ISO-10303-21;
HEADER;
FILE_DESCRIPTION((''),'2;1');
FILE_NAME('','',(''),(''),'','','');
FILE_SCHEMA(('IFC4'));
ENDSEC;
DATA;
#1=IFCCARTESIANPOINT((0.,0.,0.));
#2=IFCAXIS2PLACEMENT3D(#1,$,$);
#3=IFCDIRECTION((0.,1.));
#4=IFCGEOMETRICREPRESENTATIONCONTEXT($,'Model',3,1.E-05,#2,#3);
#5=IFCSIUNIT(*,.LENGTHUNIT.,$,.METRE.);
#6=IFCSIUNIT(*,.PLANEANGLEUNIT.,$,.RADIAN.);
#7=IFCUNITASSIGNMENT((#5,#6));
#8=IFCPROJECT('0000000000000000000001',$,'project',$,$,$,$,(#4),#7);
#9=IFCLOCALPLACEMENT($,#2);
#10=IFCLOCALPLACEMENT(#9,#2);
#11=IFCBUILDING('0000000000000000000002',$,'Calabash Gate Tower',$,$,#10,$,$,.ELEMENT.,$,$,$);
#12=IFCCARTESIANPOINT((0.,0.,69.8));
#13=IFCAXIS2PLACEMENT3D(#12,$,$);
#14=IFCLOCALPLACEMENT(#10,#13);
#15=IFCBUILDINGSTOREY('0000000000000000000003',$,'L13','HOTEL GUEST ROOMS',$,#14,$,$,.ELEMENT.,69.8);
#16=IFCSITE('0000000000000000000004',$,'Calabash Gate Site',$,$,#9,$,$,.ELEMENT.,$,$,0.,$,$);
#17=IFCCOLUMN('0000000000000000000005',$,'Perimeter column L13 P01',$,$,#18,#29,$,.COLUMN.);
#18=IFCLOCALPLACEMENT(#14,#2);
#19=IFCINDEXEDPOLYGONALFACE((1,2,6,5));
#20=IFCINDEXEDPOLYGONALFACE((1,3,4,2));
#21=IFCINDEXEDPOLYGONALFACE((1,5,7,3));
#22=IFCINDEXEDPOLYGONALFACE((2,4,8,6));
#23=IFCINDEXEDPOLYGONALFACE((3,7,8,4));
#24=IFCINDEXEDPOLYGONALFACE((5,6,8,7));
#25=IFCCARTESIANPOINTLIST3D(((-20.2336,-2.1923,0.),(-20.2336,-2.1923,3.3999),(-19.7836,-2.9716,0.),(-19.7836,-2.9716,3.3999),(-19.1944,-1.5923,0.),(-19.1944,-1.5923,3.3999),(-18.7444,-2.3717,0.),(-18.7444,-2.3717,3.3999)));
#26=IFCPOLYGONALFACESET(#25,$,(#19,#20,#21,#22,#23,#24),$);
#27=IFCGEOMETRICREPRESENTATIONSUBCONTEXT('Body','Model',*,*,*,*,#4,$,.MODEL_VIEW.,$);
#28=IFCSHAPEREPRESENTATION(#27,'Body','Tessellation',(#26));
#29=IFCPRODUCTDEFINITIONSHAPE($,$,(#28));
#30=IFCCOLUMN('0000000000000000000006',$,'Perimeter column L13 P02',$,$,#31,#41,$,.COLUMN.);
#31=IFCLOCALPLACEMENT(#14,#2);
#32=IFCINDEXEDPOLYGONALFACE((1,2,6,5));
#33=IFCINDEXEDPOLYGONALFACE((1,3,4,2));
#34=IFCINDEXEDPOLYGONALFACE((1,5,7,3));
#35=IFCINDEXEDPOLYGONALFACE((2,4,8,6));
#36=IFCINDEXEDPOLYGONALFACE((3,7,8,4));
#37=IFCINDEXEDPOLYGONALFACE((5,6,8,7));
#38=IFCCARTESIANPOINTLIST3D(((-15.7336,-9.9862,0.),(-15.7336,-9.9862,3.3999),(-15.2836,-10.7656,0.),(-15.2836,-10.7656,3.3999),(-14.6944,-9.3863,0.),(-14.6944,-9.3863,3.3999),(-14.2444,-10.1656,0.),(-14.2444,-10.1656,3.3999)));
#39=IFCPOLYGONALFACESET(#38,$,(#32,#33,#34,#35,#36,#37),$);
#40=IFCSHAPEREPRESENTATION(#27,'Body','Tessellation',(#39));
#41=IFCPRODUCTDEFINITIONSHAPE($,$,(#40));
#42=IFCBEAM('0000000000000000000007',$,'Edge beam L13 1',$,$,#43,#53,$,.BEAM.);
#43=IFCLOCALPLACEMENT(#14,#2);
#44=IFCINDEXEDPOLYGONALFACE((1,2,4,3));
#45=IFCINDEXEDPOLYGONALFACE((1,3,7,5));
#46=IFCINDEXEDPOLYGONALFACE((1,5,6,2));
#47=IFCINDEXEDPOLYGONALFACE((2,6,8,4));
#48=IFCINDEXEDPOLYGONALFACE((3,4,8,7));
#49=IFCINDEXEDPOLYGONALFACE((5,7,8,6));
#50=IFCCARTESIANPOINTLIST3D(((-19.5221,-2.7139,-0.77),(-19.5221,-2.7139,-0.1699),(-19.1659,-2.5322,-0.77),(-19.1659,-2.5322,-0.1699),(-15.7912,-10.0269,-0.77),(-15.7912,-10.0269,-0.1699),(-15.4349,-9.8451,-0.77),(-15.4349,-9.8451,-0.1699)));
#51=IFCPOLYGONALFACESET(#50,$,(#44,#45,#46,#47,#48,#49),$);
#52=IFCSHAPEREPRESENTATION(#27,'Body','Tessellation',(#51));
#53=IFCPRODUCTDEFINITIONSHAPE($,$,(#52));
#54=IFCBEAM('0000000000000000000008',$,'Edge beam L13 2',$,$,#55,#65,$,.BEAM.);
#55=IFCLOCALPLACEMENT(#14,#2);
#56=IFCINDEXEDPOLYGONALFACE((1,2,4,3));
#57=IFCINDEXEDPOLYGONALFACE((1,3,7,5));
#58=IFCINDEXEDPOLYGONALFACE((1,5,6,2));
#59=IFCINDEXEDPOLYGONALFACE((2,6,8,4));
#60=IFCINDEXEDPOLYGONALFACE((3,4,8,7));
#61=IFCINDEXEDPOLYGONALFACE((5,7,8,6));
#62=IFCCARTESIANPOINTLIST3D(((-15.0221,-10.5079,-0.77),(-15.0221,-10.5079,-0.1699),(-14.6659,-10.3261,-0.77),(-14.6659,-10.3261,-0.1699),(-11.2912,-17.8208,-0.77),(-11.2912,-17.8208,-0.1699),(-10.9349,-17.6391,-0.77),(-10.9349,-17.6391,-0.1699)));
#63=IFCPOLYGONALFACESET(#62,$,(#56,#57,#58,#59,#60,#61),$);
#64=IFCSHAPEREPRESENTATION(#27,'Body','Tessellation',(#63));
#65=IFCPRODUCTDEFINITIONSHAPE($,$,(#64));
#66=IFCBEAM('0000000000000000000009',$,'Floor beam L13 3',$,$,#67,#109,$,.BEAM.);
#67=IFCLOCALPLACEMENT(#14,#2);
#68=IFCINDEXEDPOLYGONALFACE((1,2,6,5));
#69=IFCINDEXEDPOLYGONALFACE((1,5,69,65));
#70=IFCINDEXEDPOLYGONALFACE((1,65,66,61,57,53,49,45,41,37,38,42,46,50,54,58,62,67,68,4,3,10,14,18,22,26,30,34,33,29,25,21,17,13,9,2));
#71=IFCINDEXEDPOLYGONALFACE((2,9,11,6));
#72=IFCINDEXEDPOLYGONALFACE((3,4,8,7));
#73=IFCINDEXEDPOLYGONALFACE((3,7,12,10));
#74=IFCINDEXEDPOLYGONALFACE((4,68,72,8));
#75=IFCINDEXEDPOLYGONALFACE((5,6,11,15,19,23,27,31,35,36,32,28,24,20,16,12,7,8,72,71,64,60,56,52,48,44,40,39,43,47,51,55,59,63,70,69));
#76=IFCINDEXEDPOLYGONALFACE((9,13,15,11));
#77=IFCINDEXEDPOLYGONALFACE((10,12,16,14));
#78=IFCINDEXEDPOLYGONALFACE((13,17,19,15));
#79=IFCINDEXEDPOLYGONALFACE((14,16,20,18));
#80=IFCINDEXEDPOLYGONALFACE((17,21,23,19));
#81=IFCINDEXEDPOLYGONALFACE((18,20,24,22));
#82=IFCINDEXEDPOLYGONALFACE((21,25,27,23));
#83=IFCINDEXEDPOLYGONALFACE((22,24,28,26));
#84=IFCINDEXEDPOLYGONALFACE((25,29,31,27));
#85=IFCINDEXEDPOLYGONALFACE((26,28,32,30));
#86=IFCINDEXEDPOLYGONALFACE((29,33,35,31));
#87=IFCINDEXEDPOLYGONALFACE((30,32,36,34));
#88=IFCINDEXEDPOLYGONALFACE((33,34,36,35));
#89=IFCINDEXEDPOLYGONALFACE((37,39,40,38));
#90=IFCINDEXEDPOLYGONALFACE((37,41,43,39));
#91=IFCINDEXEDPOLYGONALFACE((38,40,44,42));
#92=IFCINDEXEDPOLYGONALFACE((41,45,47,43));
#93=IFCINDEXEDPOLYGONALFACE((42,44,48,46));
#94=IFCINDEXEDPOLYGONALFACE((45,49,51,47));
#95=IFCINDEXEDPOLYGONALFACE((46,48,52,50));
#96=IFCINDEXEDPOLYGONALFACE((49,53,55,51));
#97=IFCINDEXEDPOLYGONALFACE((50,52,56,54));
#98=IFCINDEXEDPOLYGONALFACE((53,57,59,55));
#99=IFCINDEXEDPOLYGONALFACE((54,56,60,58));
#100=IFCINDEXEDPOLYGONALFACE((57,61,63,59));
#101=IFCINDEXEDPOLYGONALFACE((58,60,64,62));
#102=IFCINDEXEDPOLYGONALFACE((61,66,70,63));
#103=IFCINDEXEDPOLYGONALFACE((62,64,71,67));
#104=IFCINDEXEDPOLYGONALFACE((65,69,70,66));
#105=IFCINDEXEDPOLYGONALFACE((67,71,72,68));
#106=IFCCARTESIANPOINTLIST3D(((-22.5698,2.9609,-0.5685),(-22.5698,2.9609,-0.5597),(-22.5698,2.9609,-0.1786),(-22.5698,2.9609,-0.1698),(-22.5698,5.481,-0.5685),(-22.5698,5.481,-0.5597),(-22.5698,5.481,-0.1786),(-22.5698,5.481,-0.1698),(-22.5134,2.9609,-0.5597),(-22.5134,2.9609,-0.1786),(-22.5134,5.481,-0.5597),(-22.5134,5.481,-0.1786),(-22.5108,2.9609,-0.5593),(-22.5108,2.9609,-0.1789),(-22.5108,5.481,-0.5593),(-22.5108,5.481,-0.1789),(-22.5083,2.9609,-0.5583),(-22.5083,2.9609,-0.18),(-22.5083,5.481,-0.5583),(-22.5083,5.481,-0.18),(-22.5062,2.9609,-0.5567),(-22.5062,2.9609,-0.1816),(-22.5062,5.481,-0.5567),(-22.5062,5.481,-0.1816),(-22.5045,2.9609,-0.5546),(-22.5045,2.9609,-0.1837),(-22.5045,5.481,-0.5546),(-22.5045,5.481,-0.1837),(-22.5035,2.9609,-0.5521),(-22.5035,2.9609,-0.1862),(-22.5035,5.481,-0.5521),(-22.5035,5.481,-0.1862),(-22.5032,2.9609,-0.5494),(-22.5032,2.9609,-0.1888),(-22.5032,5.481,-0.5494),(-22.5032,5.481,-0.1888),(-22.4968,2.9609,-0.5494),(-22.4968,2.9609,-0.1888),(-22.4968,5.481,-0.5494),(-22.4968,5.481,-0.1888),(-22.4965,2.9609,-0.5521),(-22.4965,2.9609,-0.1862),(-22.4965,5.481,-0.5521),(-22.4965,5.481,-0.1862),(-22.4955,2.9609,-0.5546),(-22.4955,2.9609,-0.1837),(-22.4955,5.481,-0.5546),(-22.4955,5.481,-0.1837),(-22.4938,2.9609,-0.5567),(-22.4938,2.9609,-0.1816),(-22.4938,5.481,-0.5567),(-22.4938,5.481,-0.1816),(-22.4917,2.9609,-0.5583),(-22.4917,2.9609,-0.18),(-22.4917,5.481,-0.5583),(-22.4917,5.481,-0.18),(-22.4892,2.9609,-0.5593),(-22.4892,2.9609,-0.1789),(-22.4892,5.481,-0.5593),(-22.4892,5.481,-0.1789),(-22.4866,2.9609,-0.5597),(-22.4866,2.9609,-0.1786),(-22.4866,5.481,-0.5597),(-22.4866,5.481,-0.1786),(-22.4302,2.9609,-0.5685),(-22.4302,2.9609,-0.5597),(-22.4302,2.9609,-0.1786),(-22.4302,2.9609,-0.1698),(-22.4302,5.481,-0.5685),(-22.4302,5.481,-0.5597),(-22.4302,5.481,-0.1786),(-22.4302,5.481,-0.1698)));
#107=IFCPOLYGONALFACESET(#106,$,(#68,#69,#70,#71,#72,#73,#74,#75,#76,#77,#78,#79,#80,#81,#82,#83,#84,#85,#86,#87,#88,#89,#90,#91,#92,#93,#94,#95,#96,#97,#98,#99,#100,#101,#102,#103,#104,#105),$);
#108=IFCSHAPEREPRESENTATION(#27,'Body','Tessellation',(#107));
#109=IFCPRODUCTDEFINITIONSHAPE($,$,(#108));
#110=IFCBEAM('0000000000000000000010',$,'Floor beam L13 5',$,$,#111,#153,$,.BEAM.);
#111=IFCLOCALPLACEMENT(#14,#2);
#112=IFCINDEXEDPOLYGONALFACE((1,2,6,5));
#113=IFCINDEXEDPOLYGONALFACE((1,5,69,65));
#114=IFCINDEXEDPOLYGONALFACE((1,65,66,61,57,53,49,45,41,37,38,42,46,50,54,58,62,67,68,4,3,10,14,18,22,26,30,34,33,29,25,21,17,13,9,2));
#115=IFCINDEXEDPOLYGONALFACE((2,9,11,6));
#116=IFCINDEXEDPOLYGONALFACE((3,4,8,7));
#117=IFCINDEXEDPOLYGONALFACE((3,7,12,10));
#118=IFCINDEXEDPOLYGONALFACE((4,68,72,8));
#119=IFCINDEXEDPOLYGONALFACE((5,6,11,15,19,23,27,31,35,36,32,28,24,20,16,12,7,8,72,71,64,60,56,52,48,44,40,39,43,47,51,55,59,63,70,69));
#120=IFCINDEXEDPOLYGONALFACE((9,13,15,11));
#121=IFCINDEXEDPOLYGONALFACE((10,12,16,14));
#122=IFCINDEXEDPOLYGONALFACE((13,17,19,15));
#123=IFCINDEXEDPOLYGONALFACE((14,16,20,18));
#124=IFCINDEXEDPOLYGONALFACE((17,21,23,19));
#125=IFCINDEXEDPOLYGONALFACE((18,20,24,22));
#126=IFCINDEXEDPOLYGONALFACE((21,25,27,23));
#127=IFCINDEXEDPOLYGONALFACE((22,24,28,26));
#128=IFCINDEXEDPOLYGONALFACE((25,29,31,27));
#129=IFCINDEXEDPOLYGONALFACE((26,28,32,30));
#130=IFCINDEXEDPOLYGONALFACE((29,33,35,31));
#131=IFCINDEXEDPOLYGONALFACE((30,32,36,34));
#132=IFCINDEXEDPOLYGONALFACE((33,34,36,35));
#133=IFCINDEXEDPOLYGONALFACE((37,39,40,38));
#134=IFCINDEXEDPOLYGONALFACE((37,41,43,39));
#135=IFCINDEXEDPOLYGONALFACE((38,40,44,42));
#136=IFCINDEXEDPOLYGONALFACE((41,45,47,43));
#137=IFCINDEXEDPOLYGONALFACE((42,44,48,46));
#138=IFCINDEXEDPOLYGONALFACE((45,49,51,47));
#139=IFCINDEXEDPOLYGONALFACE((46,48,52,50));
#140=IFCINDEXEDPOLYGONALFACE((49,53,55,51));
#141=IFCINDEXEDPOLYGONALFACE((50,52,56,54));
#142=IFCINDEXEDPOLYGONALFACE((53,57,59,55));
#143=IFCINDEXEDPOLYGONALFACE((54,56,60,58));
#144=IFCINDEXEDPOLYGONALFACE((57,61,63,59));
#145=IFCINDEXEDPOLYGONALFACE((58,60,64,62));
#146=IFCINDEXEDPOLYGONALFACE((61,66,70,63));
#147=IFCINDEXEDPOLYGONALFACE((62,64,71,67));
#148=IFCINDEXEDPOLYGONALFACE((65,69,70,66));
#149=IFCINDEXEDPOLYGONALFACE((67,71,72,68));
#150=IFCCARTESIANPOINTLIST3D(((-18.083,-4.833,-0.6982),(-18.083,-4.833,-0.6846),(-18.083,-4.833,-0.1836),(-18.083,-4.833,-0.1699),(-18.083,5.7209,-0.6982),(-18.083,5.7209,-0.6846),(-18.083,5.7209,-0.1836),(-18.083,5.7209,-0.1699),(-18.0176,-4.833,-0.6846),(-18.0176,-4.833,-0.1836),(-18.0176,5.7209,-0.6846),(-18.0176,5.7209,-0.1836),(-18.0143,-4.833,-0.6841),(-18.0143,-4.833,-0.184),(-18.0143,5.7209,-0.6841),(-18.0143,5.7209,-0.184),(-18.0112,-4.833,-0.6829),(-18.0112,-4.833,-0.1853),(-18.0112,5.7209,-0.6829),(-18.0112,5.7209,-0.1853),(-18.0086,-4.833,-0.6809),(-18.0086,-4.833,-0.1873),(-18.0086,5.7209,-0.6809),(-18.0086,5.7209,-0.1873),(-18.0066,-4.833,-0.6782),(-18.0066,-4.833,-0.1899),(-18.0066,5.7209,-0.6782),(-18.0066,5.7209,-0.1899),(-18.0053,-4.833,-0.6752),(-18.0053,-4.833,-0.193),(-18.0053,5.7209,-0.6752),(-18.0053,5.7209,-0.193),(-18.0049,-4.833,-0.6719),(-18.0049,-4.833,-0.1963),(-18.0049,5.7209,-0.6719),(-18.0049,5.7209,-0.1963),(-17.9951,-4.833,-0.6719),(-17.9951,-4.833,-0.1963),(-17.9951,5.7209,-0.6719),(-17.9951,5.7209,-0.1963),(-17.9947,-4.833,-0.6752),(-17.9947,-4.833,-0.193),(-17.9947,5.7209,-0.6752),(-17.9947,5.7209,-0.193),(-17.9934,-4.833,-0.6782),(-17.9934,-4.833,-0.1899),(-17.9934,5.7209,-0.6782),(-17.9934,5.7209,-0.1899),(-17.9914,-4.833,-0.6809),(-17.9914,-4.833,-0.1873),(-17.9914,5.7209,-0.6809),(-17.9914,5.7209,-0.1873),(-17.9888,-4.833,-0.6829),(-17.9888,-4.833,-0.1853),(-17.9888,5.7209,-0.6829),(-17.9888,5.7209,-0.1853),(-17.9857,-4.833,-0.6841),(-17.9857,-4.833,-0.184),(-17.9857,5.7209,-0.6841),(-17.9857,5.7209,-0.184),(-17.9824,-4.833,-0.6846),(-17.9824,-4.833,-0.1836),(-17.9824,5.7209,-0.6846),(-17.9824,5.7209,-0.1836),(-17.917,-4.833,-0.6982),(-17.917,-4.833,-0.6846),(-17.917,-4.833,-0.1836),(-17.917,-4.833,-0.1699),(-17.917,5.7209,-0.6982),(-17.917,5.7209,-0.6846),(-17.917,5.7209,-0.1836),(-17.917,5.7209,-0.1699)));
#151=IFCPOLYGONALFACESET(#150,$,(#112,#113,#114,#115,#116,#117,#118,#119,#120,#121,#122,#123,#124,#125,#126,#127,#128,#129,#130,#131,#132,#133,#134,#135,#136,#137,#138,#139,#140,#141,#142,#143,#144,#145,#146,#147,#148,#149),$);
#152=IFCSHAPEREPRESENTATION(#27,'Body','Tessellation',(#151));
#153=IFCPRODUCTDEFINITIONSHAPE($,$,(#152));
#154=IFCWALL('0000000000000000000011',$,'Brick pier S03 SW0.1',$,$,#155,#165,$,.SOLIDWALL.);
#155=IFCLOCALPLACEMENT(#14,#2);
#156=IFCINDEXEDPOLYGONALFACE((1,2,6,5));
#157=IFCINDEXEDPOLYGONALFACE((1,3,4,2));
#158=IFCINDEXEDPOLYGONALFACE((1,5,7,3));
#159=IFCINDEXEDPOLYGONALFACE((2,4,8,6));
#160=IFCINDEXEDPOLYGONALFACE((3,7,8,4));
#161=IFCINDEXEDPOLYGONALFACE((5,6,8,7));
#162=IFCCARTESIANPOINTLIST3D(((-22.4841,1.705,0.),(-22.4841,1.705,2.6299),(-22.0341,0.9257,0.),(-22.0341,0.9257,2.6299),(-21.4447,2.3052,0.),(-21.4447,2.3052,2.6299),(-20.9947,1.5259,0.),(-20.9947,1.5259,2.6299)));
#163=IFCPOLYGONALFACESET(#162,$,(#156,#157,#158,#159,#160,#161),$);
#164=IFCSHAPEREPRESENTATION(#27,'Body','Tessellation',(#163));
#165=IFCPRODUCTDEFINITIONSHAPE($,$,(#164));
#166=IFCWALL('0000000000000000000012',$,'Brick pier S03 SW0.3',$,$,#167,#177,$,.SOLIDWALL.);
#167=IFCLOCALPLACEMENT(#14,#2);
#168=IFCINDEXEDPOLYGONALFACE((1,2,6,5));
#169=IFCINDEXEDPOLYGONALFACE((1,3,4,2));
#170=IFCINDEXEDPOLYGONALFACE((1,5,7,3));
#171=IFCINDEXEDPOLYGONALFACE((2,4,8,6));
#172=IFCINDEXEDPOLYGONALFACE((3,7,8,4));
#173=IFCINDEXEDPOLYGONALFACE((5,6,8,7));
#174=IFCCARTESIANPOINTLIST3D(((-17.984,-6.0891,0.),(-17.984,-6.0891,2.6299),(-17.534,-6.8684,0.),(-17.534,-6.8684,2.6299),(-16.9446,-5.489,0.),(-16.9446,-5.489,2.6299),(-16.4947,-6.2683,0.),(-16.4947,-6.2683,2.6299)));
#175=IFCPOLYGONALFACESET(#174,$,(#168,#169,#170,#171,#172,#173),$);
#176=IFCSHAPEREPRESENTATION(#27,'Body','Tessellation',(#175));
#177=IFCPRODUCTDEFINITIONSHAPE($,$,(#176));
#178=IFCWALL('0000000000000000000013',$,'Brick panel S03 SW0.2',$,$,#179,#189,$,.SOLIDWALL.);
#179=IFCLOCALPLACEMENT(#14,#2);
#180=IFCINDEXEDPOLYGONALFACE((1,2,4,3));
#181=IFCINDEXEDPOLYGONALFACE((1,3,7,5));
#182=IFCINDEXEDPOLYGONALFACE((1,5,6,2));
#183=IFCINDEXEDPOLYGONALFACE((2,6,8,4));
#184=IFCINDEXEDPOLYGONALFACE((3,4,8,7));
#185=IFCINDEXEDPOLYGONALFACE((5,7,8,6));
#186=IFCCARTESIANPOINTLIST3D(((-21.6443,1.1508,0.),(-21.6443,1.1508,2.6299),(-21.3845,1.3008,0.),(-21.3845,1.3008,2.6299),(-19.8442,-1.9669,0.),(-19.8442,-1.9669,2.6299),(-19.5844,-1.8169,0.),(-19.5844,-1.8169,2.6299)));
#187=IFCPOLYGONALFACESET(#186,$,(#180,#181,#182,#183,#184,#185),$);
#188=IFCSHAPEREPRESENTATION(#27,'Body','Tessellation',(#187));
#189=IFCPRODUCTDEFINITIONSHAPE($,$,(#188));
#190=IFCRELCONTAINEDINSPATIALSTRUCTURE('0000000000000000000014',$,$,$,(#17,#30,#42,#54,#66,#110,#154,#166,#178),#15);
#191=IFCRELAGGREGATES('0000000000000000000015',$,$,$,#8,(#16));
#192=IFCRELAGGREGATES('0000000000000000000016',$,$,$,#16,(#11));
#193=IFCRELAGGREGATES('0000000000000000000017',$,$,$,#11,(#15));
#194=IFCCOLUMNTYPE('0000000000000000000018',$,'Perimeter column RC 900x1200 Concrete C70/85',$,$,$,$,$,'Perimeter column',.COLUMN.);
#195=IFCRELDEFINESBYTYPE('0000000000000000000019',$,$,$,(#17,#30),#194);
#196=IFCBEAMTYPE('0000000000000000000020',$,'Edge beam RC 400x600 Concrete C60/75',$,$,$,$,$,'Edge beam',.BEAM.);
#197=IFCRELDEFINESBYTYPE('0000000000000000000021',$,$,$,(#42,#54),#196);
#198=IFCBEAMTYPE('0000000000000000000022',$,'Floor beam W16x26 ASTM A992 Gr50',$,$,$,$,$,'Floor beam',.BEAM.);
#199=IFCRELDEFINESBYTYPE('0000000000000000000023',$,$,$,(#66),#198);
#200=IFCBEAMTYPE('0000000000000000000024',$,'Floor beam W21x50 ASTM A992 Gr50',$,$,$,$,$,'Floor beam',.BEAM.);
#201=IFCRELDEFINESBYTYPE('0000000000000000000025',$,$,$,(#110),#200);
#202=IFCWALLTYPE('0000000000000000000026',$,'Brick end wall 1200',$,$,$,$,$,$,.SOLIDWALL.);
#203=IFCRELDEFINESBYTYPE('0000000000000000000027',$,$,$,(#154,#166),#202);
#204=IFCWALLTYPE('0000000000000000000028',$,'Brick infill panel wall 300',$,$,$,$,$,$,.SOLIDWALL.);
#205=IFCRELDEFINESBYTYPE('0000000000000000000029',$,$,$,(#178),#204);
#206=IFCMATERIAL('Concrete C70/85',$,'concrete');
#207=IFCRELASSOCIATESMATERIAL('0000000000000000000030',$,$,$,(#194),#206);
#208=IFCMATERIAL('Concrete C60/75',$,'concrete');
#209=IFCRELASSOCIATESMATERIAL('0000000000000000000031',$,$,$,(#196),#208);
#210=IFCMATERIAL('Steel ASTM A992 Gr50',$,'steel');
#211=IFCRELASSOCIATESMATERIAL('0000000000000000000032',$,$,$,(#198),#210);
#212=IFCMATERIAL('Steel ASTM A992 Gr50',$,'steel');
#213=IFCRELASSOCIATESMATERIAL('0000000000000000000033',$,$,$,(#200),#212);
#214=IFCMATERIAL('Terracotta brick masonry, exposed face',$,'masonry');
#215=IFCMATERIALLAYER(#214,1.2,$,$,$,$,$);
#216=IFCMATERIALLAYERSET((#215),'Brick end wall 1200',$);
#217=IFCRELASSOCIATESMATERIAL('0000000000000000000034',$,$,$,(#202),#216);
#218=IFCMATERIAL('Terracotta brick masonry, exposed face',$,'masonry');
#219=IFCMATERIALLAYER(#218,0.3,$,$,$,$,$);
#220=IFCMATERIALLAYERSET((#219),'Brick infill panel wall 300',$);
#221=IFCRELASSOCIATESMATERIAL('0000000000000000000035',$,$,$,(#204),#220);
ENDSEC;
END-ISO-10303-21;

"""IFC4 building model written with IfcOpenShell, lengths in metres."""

from ifc_helpers import new_model, si_unit, direction, frame, frame_2d, origin, origin_2d, place, context, subcontext, project, spatial, rectangle, i_section, extrude, material, layer, layer_set, material_profile, profile_set, type_object, element, save


model = new_model("IFC4")

# Units and contexts
model_context = context("Model", 3, precision=1e-05, world=origin(), true_north=direction((0.0, 1.0)))
body_context = subcontext(model_context, "Body", "Model", "MODEL_VIEW")
ifc_project = project(units=[si_unit("LENGTHUNIT", "METRE"), si_unit("PLANEANGLEUNIT", "RADIAN")], contexts=[model_context])

# Site, building, storey
site_placement = place(None, origin())
site = spatial("IfcSite", under=ifc_project, at=site_placement, Name="Calabash Gate Site", CompositionType="ELEMENT", RefElevation=0.0)
building_placement = place(site_placement, origin())
building = spatial("IfcBuilding", under=site, at=building_placement, Name="Calabash Gate Tower", CompositionType="ELEMENT")
storey_placement = place(building_placement, frame((0.0, 0.0, 69.8)))
storey = spatial("IfcBuildingStorey", under=building, at=storey_placement, Name="L13", Description="HOTEL GUEST ROOMS", CompositionType="ELEMENT", Elevation=69.8)

# Columns
ifc_material_1 = material(Name="Concrete C70/85", Category="concrete")
ifc_material_profile_1 = material_profile(ifc_material_1, rectangle(XDim=0.8999, YDim=1.2, at=origin_2d()))
ifc_profile_set_1 = profile_set([ifc_material_profile_1], Name="Concrete C70/85")
column_type = type_object("IfcColumnType", Name="Perimeter column RC 900x1200 Concrete C70/85", ElementType="Perimeter column", PredefinedType="COLUMN", material=ifc_profile_set_1)
for number, where, z_axis, x_axis, name in (
    (1, (-19.489, -2.282, 0.0), (0.0, 0.0, 1.0), (0.5, -0.866025, 0.0), "Perimeter column L13 P01"),
    (2, (-14.989, -10.0759, 0.0), (0.0, 0.0, 1.0), (0.5, -0.866025, 0.0), "Perimeter column L13 P02"),
):
    element("IfcColumn", number, at=place(storey_placement, frame(where, z_axis=z_axis, x_axis=x_axis)), inside=storey, type_object=column_type, Name=name, PredefinedType="COLUMN", context=body_context, shape_type="SweptSolid", body=[
        extrude(rectangle(XDim=0.8999, YDim=1.2, at=origin_2d()), origin(), (0.0, 0.0, 1.0), 3.3999),
    ])

# Beams
ifc_material_2 = material(Name="Concrete C60/75", Category="concrete")
ifc_material_profile_2 = material_profile(ifc_material_2, rectangle(XDim=0.3999, YDim=0.6001, at=origin_2d()))
ifc_profile_set_2 = profile_set([ifc_material_profile_2], Name="Concrete C60/75")
beam_type_1 = type_object("IfcBeamType", Name="Edge beam RC 400x600 Concrete C60/75", ElementType="Edge beam", PredefinedType="BEAM", material=ifc_profile_set_2)
for number, where, z_axis, x_axis, name in (
    (3, (-19.344, -2.623, -0.47), (0.454455, -0.89077, 0.0), (0.89077, 0.454455, 0.0), "Edge beam L13 1"),
    (4, (-14.844, -10.417, -0.47), (0.454455, -0.89077, 0.0), (0.89077, 0.454455, 0.0), "Edge beam L13 2"),
):
    element("IfcBeam", number, at=place(storey_placement, frame(where, z_axis=z_axis, x_axis=x_axis)), inside=storey, type_object=beam_type_1, Name=name, PredefinedType="BEAM", context=body_context, shape_type="SweptSolid", body=[
        extrude(rectangle(XDim=0.3999, YDim=0.6001, at=origin_2d()), origin(), (0.0, 0.0, 1.0), 8.2097),
    ])
ifc_material_3 = material(Name="Steel ASTM A992 Gr50", Category="steel")
ifc_material_profile_3 = material_profile(ifc_material_3, i_section(OverallWidth=0.1396, OverallDepth=0.3987, WebThickness=0.0063, FlangeThickness=0.0088, FilletRadius=0.0103, at=origin_2d()))
ifc_profile_set_3 = profile_set([ifc_material_profile_3], Name="Steel ASTM A992 Gr50")
beam_type_2 = type_object("IfcBeamType", Name="Floor beam W16x26 ASTM A992 Gr50", ElementType="Floor beam", PredefinedType="BEAM", material=ifc_profile_set_3)
beam_1_placement = place(storey_placement, frame((-22.5, 2.9609, -0.3691), z_axis=(0.0, 1.0, 0.0), x_axis=(-1.0, 0.0, 0.0)))
element("IfcBeam", 5, at=beam_1_placement, inside=storey, type_object=beam_type_2, Name="Floor beam L13 3", PredefinedType="BEAM", context=body_context, shape_type="SweptSolid", body=[
    extrude(i_section(OverallWidth=0.1396, OverallDepth=0.3987, WebThickness=0.0063, FlangeThickness=0.0088, FilletRadius=0.0103, at=origin_2d()), origin(), (0.0, 0.0, 1.0), 2.52),
])
ifc_material_4 = material(Name="Steel ASTM A992 Gr50", Category="steel")
ifc_material_profile_4 = material_profile(ifc_material_4, i_section(OverallWidth=0.166, OverallDepth=0.5283, WebThickness=0.0098, FlangeThickness=0.0137, FilletRadius=0.0127, at=origin_2d()))
ifc_profile_set_4 = profile_set([ifc_material_profile_4], Name="Steel ASTM A992 Gr50")
beam_type_3 = type_object("IfcBeamType", Name="Floor beam W21x50 ASTM A992 Gr50", ElementType="Floor beam", PredefinedType="BEAM", material=ifc_profile_set_4)
beam_2_placement = place(storey_placement, frame((-18.0, -4.833, -0.4341), z_axis=(0.0, 1.0, 0.0), x_axis=(-1.0, 0.0, 0.0)))
element("IfcBeam", 6, at=beam_2_placement, inside=storey, type_object=beam_type_3, Name="Floor beam L13 5", PredefinedType="BEAM", context=body_context, shape_type="SweptSolid", body=[
    extrude(i_section(OverallWidth=0.166, OverallDepth=0.5283, WebThickness=0.0098, FlangeThickness=0.0137, FilletRadius=0.0127, at=origin_2d()), origin(), (0.0, 0.0, 1.0), 10.554),
])

# Walls
ifc_material_5 = material(Name="Terracotta brick masonry, exposed face", Category="masonry")
ifc_layer_1 = layer(ifc_material_5, 1.2)
ifc_layer_set_1 = layer_set([ifc_layer_1], Name="Brick end wall 1200")
wall_type_1 = type_object("IfcWallType", Name="Brick end wall 1200", PredefinedType="SOLIDWALL", material=ifc_layer_set_1)
for number, where, z_axis, x_axis, name in (
    (7, (-21.2197, 1.9155, 0.0), (0.0, 0.0, 1.0), (-0.866006, -0.500034, 0.0), "Brick pier S03 SW0.1"),
    (8, (-17.759, -6.4788, 0.0), (0.0, 0.0, 1.0), (0.866006, 0.500034, 0.0), "Brick pier S03 SW0.3"),
):
    element("IfcWall", number, at=place(storey_placement, frame(where, z_axis=z_axis, x_axis=x_axis)), inside=storey, type_object=wall_type_1, Name=name, PredefinedType="SOLIDWALL", context=body_context, shape_type="SweptSolid", body=[
        extrude(rectangle(XDim=1.2002, YDim=0.8999, at=frame_2d((0.6001, 0.0))), origin(), (0.0, 0.0, 1.0), 2.6299),
    ])
ifc_material_6 = material(Name="Terracotta brick masonry, exposed face", Category="masonry")
ifc_layer_2 = layer(ifc_material_6, 0.3)
ifc_layer_set_2 = layer_set([ifc_layer_2], Name="Brick infill panel wall 300")
wall_type_2 = type_object("IfcWallType", Name="Brick infill panel wall 300", PredefinedType="SOLIDWALL", material=ifc_layer_set_2)
wall_1_placement = place(storey_placement, frame((-21.5144, 1.2258, 0.0), z_axis=(0.0, 0.0, 1.0), x_axis=(0.500012, -0.866018, 0.0)))
element("IfcWall", 9, at=wall_1_placement, inside=storey, type_object=wall_type_2, Name="Brick panel S03 SW0.2", PredefinedType="SOLIDWALL", context=body_context, shape_type="SweptSolid", body=[
    extrude(rectangle(XDim=3.6001, YDim=0.3, at=frame_2d((1.8, 0.0))), origin(), (0.0, 0.0, 1.0), 2.6299),
])

save(model, "model.ifc")
